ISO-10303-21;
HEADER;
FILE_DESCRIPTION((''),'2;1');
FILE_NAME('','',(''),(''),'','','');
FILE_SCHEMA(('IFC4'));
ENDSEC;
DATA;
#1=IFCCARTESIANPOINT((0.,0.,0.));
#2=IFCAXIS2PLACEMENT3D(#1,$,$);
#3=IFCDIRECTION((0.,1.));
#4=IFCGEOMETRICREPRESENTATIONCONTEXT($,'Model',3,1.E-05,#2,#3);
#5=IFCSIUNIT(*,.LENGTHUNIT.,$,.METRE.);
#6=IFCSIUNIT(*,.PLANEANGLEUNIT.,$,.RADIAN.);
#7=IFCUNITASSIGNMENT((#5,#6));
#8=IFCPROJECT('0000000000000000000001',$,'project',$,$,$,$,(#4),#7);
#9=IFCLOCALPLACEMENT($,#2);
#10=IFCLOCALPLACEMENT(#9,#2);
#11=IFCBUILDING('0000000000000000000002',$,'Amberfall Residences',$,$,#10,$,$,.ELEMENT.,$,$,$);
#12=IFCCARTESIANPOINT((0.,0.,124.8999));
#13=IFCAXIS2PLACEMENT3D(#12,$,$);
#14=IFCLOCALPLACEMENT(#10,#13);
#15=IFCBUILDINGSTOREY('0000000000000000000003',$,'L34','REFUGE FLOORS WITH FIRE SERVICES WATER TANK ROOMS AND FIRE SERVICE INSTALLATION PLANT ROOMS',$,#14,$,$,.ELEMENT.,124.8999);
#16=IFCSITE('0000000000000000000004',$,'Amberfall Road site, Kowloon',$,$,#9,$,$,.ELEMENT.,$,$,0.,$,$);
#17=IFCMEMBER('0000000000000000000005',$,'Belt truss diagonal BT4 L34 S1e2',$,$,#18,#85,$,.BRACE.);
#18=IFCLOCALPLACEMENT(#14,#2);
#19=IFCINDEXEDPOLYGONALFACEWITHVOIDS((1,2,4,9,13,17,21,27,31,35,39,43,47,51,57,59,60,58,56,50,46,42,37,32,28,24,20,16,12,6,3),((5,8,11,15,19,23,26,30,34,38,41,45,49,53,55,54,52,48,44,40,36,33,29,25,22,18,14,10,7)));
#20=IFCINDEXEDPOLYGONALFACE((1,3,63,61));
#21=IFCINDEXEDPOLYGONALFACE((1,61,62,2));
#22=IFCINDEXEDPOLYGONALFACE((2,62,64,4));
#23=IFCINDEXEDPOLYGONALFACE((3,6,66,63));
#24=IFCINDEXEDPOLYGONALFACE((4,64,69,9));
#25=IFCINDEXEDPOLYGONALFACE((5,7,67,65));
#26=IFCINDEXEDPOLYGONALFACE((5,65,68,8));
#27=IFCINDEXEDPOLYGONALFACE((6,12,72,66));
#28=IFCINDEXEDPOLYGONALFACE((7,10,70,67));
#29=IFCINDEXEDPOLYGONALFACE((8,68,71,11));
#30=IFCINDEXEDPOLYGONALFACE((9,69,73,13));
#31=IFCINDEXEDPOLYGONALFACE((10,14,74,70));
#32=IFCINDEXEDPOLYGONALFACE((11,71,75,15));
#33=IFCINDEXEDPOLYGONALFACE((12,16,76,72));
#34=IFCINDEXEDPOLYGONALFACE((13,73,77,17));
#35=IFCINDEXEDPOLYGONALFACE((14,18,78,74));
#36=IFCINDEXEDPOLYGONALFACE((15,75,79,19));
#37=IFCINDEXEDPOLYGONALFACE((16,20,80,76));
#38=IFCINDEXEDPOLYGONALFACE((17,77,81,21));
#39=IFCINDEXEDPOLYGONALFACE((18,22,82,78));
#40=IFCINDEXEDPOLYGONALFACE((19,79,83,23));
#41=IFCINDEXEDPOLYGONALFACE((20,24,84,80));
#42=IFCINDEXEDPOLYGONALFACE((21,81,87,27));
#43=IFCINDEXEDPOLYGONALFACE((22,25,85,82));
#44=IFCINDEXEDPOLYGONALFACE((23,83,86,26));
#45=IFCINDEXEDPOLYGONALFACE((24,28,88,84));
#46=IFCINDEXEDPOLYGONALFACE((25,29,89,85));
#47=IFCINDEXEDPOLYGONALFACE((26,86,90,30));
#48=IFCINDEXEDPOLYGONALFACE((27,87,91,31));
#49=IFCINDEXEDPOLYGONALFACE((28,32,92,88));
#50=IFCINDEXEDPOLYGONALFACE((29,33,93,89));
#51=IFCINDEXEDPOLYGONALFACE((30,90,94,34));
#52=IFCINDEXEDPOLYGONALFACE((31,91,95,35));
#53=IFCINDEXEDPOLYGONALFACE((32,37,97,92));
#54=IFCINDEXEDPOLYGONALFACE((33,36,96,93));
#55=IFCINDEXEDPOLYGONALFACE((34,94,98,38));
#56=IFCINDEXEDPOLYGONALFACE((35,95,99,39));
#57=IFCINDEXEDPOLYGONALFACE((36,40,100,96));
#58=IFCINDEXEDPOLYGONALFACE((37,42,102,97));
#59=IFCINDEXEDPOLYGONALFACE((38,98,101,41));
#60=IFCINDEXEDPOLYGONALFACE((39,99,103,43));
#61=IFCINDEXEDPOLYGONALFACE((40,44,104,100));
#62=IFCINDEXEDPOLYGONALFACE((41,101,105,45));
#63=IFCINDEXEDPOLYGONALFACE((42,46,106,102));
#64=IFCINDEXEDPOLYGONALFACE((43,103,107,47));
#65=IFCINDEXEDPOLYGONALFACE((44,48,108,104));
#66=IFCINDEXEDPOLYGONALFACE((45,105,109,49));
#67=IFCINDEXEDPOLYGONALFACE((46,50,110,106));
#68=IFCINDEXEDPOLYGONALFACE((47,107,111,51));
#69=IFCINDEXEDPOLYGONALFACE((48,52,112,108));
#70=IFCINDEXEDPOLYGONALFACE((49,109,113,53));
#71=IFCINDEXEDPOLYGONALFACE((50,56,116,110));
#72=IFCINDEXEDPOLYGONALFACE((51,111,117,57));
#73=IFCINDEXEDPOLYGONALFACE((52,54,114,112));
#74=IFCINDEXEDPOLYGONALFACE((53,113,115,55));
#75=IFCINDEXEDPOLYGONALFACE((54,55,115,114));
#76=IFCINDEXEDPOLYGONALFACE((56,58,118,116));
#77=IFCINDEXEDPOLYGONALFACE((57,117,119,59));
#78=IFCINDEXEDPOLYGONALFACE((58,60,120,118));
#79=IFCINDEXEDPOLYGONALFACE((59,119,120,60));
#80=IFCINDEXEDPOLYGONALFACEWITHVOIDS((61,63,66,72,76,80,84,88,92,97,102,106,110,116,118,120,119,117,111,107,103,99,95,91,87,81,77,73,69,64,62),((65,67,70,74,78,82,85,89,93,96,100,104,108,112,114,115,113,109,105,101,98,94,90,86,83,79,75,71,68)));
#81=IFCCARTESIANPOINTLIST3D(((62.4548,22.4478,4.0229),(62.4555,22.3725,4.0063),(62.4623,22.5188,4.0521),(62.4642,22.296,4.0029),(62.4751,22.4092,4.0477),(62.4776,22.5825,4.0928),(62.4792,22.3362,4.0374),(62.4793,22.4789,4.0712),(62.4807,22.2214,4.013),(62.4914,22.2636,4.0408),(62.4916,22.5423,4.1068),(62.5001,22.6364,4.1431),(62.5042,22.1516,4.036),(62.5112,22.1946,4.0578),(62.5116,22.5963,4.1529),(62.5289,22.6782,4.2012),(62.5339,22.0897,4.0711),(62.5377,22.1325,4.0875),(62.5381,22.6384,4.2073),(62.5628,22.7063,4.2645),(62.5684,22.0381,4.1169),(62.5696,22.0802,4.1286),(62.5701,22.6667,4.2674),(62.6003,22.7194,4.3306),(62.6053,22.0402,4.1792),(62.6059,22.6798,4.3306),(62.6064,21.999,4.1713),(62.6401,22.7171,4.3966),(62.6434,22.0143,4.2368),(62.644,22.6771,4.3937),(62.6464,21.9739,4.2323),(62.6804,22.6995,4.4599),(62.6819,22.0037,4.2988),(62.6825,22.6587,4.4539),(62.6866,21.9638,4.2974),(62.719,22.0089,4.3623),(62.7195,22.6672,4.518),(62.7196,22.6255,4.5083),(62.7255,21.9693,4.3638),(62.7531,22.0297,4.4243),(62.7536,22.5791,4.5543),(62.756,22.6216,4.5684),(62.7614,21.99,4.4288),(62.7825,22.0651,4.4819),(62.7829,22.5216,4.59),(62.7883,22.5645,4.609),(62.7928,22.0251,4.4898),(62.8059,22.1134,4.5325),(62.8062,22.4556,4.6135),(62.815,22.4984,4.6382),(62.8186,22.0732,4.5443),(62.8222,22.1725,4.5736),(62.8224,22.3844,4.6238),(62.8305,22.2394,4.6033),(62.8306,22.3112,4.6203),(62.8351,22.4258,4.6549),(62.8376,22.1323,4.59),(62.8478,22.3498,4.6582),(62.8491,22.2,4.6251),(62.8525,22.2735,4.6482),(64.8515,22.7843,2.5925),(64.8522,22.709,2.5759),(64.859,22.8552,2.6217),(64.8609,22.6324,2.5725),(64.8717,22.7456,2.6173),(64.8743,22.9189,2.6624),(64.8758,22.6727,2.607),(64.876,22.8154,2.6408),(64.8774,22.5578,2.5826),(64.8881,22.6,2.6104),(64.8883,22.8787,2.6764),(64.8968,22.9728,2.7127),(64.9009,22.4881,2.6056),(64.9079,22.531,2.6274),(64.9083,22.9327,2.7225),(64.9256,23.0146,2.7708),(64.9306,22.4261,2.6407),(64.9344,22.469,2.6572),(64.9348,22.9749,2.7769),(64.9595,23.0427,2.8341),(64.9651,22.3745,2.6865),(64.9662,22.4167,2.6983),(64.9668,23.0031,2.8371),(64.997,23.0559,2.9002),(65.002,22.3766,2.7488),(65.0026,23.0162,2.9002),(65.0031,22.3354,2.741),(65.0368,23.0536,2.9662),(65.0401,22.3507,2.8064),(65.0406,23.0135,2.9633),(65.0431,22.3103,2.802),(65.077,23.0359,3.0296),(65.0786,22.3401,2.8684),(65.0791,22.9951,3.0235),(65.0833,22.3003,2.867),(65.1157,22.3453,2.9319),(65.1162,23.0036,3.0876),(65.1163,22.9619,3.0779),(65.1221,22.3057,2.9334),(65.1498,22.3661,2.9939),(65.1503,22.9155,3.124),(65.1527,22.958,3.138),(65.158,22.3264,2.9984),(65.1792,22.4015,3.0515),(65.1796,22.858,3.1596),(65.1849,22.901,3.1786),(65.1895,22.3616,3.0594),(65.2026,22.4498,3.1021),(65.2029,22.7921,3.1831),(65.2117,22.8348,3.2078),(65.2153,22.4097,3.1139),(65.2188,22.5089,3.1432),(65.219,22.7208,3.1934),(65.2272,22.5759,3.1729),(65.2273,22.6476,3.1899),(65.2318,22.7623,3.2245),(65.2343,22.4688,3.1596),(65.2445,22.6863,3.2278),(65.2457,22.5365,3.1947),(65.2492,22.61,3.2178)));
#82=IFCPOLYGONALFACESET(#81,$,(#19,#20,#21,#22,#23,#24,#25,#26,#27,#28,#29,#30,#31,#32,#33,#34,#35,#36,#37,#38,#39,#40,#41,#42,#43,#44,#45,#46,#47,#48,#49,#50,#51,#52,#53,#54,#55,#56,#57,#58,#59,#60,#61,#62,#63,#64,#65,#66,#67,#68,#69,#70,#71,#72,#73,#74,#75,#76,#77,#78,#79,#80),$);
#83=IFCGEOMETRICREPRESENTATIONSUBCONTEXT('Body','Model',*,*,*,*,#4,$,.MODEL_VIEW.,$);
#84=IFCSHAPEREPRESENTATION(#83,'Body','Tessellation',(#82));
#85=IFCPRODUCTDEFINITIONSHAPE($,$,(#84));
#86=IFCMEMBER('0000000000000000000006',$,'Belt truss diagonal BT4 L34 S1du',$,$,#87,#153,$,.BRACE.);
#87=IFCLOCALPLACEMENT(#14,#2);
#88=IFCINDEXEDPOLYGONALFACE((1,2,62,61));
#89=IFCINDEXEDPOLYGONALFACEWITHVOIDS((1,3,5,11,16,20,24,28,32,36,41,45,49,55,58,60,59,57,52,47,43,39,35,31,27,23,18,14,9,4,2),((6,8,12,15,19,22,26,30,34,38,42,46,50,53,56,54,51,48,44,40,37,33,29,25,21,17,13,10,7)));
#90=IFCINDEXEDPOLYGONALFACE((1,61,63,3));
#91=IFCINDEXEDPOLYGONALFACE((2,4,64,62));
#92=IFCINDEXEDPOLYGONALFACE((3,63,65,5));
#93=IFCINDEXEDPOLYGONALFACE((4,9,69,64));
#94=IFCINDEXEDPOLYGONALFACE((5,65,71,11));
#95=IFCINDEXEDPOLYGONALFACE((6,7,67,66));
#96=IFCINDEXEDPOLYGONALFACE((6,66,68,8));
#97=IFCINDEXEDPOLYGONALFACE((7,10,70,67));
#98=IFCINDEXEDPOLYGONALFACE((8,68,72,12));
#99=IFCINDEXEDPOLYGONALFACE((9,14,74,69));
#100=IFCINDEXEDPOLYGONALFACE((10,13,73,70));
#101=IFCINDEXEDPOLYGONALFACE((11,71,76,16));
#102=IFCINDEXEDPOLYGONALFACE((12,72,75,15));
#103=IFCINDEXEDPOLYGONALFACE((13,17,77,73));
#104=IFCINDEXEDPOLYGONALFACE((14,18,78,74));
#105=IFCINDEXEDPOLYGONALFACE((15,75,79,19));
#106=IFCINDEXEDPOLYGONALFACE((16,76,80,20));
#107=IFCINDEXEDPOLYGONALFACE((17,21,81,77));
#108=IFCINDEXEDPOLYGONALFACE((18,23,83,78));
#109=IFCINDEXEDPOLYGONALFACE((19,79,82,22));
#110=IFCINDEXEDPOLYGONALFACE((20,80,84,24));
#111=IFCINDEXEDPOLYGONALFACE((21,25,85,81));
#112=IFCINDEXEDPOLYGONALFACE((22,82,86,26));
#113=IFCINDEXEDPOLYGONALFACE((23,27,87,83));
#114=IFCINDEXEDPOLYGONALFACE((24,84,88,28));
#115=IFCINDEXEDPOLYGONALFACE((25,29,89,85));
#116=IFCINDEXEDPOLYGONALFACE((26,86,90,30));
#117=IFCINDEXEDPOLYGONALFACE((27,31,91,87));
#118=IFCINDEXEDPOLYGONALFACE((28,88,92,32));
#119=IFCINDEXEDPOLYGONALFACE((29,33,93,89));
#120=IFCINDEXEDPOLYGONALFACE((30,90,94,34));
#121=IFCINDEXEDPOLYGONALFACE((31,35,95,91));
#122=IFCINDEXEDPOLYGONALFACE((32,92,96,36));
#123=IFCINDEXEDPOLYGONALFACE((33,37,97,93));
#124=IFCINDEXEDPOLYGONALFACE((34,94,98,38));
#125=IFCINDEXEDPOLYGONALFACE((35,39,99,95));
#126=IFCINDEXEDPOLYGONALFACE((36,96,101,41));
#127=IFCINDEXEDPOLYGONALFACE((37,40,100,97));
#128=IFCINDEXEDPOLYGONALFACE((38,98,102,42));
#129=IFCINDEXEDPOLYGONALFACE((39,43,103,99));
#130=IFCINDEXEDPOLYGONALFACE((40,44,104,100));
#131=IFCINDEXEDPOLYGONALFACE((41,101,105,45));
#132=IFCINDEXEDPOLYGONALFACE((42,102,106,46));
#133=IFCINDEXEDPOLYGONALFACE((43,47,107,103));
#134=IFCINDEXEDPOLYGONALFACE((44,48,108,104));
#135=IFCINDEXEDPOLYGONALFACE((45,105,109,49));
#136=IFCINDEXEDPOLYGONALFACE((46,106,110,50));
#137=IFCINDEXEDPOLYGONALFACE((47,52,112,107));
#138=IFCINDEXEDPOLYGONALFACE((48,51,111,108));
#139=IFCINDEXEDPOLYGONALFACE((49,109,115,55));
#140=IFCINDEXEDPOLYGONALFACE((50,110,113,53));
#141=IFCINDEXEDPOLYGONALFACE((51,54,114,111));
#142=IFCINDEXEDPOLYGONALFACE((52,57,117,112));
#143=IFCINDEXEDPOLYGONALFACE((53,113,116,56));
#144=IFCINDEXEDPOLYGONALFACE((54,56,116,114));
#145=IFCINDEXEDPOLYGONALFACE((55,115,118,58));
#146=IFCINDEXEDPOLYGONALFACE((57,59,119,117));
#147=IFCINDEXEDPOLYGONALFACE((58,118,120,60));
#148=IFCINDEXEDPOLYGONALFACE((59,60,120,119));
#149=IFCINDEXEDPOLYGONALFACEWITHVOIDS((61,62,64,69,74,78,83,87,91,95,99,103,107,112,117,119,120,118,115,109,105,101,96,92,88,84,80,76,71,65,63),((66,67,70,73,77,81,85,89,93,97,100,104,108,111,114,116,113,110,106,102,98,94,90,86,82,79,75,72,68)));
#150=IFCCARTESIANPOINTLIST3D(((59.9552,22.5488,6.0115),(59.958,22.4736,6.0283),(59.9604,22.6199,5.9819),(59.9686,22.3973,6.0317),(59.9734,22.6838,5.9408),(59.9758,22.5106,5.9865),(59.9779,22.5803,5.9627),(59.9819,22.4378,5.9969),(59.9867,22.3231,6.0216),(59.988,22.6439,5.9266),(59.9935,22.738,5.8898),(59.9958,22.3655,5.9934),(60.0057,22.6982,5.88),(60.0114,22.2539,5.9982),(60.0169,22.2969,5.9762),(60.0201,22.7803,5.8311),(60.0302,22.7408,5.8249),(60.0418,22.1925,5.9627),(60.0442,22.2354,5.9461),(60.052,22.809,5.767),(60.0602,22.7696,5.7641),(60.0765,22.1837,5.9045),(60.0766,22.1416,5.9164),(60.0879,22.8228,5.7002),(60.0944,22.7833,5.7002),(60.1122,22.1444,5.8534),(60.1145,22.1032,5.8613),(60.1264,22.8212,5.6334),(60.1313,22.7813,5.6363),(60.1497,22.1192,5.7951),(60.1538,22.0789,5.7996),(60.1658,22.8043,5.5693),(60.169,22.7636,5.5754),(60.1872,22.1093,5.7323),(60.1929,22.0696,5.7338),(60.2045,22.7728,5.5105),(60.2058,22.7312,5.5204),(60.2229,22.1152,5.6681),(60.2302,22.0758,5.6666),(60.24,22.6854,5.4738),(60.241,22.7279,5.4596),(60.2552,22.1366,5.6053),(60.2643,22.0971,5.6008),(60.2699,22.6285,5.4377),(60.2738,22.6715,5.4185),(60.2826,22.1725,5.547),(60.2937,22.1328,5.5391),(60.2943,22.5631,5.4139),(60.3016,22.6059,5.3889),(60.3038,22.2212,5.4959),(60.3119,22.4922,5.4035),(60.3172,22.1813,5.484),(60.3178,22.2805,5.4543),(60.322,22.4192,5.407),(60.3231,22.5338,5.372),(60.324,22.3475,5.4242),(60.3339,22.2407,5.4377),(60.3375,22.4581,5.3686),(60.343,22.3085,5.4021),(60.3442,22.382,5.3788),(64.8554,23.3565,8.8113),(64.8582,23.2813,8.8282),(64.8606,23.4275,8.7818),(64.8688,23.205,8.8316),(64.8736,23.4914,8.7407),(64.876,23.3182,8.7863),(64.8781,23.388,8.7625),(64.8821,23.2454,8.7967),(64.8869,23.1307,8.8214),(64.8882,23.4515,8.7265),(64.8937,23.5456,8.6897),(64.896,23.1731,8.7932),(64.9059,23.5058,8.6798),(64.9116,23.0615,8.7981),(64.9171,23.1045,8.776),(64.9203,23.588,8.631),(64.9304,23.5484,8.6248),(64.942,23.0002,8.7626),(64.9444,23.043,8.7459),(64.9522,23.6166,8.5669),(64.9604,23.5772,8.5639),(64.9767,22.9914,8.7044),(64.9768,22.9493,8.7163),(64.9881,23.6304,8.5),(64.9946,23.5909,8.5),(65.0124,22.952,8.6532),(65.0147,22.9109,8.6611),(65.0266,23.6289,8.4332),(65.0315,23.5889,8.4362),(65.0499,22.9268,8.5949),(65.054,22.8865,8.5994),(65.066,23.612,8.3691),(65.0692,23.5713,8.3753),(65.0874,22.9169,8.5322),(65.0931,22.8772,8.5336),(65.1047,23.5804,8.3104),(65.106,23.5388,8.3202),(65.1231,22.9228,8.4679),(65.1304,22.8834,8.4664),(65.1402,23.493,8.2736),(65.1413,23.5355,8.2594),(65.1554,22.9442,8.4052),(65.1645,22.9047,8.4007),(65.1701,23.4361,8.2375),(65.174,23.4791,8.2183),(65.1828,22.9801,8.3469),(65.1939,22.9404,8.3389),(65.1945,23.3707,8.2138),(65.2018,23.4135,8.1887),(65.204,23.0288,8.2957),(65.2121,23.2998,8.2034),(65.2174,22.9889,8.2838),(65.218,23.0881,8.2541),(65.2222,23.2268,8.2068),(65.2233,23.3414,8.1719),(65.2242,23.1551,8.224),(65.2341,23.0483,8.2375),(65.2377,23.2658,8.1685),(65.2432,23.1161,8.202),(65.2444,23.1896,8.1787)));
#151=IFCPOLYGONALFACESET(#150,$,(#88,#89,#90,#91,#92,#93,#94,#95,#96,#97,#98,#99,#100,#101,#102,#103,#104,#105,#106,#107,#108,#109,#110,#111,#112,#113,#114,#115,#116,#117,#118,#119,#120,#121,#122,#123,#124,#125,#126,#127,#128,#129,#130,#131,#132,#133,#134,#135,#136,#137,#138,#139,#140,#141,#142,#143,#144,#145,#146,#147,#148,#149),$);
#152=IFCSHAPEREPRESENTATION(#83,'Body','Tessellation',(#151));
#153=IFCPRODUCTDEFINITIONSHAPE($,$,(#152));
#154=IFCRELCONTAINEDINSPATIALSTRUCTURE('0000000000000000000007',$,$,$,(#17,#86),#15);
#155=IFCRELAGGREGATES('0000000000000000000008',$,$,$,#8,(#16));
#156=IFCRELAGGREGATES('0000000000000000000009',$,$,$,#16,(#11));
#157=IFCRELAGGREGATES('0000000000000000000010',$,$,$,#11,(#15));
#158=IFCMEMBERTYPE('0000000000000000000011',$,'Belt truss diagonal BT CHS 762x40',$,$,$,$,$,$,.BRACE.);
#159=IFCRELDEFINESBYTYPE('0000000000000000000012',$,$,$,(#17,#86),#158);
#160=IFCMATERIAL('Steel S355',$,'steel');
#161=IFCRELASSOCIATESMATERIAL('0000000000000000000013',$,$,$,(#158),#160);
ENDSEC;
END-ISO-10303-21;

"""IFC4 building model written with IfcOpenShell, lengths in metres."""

from ifc_helpers import new_model, si_unit, direction, frame, origin, origin_2d, place, context, subcontext, project, spatial, hollow_circle, extrude, material, material_profile, profile_set, type_object, element, save


model = new_model("IFC4")

# Units and contexts
model_context = context("Model", 3, precision=1e-05, world=origin(), true_north=direction((0.0, 1.0)))
body_context = subcontext(model_context, "Body", "Model", "MODEL_VIEW")
ifc_project = project(units=[si_unit("LENGTHUNIT", "METRE"), si_unit("PLANEANGLEUNIT", "RADIAN")], contexts=[model_context])

# Site, building, storey
site_placement = place(None, origin())
site = spatial("IfcSite", under=ifc_project, at=site_placement, Name="Amberfall Road site, Kowloon", CompositionType="ELEMENT", RefElevation=0.0)
building_placement = place(site_placement, origin())
building = spatial("IfcBuilding", under=site, at=building_placement, Name="Amberfall Residences", CompositionType="ELEMENT")
storey_placement = place(building_placement, frame((0.0, 0.0, 124.8999)))
storey = spatial("IfcBuildingStorey", under=building, at=storey_placement, Name="L34", Description="REFUGE FLOORS WITH FIRE SERVICES WATER TANK ROOMS AND FIRE SERVICE INSTALLATION PLANT ROOMS", CompositionType="ELEMENT", Elevation=124.8999)

# Shared definitions
ifc_material_1 = material(Name="Steel S355", Category="steel")

# Members
ifc_material_profile_1 = material_profile(ifc_material_1, hollow_circle(Radius=0.3811, WallThickness=0.04, at=origin_2d()), Name="CHS 762x40")
ifc_profile_set_1 = profile_set([ifc_material_profile_1], Name="Steel S355")
member_type_1 = type_object("IfcMemberType", Name="Belt truss diagonal BT CHS 762x40", PredefinedType="BRACE", material=ifc_profile_set_1)
member_1_placement = place(storey_placement, frame((62.6533, 22.342, 4.3306), z_axis=(0.852524, 0.119668, -0.508805), x_axis=(-0.139006, 0.990292, 0.0)))
element("IfcMember", 1, at=member_1_placement, inside=storey, type_object=member_type_1, Name="Belt truss diagonal BT4 L34 S1e2", PredefinedType="BRACE", context=body_context, shape_type="SweptSolid", body=[
    extrude(hollow_circle(Radius=0.3811, WallThickness=0.04, at=origin_2d()), origin(), (0.0, 0.0, 1.0), 2.8113),
])
member_2_placement = place(storey_placement, frame((60.1499, 22.4468, 5.7002), z_axis=(0.859508, 0.14166, 0.491099), x_axis=(-0.162621, 0.986689, 0.0)))
element("IfcMember", 2, at=member_2_placement, inside=storey, type_object=member_type_1, Name="Belt truss diagonal BT4 L34 S1du", PredefinedType="BRACE", context=body_context, shape_type="SweptSolid", body=[
    extrude(hollow_circle(Radius=0.3811, WallThickness=0.04, at=origin_2d()), origin(), (0.0, 0.0, 1.0), 5.7012),
])

save(model, "model.ifc")
